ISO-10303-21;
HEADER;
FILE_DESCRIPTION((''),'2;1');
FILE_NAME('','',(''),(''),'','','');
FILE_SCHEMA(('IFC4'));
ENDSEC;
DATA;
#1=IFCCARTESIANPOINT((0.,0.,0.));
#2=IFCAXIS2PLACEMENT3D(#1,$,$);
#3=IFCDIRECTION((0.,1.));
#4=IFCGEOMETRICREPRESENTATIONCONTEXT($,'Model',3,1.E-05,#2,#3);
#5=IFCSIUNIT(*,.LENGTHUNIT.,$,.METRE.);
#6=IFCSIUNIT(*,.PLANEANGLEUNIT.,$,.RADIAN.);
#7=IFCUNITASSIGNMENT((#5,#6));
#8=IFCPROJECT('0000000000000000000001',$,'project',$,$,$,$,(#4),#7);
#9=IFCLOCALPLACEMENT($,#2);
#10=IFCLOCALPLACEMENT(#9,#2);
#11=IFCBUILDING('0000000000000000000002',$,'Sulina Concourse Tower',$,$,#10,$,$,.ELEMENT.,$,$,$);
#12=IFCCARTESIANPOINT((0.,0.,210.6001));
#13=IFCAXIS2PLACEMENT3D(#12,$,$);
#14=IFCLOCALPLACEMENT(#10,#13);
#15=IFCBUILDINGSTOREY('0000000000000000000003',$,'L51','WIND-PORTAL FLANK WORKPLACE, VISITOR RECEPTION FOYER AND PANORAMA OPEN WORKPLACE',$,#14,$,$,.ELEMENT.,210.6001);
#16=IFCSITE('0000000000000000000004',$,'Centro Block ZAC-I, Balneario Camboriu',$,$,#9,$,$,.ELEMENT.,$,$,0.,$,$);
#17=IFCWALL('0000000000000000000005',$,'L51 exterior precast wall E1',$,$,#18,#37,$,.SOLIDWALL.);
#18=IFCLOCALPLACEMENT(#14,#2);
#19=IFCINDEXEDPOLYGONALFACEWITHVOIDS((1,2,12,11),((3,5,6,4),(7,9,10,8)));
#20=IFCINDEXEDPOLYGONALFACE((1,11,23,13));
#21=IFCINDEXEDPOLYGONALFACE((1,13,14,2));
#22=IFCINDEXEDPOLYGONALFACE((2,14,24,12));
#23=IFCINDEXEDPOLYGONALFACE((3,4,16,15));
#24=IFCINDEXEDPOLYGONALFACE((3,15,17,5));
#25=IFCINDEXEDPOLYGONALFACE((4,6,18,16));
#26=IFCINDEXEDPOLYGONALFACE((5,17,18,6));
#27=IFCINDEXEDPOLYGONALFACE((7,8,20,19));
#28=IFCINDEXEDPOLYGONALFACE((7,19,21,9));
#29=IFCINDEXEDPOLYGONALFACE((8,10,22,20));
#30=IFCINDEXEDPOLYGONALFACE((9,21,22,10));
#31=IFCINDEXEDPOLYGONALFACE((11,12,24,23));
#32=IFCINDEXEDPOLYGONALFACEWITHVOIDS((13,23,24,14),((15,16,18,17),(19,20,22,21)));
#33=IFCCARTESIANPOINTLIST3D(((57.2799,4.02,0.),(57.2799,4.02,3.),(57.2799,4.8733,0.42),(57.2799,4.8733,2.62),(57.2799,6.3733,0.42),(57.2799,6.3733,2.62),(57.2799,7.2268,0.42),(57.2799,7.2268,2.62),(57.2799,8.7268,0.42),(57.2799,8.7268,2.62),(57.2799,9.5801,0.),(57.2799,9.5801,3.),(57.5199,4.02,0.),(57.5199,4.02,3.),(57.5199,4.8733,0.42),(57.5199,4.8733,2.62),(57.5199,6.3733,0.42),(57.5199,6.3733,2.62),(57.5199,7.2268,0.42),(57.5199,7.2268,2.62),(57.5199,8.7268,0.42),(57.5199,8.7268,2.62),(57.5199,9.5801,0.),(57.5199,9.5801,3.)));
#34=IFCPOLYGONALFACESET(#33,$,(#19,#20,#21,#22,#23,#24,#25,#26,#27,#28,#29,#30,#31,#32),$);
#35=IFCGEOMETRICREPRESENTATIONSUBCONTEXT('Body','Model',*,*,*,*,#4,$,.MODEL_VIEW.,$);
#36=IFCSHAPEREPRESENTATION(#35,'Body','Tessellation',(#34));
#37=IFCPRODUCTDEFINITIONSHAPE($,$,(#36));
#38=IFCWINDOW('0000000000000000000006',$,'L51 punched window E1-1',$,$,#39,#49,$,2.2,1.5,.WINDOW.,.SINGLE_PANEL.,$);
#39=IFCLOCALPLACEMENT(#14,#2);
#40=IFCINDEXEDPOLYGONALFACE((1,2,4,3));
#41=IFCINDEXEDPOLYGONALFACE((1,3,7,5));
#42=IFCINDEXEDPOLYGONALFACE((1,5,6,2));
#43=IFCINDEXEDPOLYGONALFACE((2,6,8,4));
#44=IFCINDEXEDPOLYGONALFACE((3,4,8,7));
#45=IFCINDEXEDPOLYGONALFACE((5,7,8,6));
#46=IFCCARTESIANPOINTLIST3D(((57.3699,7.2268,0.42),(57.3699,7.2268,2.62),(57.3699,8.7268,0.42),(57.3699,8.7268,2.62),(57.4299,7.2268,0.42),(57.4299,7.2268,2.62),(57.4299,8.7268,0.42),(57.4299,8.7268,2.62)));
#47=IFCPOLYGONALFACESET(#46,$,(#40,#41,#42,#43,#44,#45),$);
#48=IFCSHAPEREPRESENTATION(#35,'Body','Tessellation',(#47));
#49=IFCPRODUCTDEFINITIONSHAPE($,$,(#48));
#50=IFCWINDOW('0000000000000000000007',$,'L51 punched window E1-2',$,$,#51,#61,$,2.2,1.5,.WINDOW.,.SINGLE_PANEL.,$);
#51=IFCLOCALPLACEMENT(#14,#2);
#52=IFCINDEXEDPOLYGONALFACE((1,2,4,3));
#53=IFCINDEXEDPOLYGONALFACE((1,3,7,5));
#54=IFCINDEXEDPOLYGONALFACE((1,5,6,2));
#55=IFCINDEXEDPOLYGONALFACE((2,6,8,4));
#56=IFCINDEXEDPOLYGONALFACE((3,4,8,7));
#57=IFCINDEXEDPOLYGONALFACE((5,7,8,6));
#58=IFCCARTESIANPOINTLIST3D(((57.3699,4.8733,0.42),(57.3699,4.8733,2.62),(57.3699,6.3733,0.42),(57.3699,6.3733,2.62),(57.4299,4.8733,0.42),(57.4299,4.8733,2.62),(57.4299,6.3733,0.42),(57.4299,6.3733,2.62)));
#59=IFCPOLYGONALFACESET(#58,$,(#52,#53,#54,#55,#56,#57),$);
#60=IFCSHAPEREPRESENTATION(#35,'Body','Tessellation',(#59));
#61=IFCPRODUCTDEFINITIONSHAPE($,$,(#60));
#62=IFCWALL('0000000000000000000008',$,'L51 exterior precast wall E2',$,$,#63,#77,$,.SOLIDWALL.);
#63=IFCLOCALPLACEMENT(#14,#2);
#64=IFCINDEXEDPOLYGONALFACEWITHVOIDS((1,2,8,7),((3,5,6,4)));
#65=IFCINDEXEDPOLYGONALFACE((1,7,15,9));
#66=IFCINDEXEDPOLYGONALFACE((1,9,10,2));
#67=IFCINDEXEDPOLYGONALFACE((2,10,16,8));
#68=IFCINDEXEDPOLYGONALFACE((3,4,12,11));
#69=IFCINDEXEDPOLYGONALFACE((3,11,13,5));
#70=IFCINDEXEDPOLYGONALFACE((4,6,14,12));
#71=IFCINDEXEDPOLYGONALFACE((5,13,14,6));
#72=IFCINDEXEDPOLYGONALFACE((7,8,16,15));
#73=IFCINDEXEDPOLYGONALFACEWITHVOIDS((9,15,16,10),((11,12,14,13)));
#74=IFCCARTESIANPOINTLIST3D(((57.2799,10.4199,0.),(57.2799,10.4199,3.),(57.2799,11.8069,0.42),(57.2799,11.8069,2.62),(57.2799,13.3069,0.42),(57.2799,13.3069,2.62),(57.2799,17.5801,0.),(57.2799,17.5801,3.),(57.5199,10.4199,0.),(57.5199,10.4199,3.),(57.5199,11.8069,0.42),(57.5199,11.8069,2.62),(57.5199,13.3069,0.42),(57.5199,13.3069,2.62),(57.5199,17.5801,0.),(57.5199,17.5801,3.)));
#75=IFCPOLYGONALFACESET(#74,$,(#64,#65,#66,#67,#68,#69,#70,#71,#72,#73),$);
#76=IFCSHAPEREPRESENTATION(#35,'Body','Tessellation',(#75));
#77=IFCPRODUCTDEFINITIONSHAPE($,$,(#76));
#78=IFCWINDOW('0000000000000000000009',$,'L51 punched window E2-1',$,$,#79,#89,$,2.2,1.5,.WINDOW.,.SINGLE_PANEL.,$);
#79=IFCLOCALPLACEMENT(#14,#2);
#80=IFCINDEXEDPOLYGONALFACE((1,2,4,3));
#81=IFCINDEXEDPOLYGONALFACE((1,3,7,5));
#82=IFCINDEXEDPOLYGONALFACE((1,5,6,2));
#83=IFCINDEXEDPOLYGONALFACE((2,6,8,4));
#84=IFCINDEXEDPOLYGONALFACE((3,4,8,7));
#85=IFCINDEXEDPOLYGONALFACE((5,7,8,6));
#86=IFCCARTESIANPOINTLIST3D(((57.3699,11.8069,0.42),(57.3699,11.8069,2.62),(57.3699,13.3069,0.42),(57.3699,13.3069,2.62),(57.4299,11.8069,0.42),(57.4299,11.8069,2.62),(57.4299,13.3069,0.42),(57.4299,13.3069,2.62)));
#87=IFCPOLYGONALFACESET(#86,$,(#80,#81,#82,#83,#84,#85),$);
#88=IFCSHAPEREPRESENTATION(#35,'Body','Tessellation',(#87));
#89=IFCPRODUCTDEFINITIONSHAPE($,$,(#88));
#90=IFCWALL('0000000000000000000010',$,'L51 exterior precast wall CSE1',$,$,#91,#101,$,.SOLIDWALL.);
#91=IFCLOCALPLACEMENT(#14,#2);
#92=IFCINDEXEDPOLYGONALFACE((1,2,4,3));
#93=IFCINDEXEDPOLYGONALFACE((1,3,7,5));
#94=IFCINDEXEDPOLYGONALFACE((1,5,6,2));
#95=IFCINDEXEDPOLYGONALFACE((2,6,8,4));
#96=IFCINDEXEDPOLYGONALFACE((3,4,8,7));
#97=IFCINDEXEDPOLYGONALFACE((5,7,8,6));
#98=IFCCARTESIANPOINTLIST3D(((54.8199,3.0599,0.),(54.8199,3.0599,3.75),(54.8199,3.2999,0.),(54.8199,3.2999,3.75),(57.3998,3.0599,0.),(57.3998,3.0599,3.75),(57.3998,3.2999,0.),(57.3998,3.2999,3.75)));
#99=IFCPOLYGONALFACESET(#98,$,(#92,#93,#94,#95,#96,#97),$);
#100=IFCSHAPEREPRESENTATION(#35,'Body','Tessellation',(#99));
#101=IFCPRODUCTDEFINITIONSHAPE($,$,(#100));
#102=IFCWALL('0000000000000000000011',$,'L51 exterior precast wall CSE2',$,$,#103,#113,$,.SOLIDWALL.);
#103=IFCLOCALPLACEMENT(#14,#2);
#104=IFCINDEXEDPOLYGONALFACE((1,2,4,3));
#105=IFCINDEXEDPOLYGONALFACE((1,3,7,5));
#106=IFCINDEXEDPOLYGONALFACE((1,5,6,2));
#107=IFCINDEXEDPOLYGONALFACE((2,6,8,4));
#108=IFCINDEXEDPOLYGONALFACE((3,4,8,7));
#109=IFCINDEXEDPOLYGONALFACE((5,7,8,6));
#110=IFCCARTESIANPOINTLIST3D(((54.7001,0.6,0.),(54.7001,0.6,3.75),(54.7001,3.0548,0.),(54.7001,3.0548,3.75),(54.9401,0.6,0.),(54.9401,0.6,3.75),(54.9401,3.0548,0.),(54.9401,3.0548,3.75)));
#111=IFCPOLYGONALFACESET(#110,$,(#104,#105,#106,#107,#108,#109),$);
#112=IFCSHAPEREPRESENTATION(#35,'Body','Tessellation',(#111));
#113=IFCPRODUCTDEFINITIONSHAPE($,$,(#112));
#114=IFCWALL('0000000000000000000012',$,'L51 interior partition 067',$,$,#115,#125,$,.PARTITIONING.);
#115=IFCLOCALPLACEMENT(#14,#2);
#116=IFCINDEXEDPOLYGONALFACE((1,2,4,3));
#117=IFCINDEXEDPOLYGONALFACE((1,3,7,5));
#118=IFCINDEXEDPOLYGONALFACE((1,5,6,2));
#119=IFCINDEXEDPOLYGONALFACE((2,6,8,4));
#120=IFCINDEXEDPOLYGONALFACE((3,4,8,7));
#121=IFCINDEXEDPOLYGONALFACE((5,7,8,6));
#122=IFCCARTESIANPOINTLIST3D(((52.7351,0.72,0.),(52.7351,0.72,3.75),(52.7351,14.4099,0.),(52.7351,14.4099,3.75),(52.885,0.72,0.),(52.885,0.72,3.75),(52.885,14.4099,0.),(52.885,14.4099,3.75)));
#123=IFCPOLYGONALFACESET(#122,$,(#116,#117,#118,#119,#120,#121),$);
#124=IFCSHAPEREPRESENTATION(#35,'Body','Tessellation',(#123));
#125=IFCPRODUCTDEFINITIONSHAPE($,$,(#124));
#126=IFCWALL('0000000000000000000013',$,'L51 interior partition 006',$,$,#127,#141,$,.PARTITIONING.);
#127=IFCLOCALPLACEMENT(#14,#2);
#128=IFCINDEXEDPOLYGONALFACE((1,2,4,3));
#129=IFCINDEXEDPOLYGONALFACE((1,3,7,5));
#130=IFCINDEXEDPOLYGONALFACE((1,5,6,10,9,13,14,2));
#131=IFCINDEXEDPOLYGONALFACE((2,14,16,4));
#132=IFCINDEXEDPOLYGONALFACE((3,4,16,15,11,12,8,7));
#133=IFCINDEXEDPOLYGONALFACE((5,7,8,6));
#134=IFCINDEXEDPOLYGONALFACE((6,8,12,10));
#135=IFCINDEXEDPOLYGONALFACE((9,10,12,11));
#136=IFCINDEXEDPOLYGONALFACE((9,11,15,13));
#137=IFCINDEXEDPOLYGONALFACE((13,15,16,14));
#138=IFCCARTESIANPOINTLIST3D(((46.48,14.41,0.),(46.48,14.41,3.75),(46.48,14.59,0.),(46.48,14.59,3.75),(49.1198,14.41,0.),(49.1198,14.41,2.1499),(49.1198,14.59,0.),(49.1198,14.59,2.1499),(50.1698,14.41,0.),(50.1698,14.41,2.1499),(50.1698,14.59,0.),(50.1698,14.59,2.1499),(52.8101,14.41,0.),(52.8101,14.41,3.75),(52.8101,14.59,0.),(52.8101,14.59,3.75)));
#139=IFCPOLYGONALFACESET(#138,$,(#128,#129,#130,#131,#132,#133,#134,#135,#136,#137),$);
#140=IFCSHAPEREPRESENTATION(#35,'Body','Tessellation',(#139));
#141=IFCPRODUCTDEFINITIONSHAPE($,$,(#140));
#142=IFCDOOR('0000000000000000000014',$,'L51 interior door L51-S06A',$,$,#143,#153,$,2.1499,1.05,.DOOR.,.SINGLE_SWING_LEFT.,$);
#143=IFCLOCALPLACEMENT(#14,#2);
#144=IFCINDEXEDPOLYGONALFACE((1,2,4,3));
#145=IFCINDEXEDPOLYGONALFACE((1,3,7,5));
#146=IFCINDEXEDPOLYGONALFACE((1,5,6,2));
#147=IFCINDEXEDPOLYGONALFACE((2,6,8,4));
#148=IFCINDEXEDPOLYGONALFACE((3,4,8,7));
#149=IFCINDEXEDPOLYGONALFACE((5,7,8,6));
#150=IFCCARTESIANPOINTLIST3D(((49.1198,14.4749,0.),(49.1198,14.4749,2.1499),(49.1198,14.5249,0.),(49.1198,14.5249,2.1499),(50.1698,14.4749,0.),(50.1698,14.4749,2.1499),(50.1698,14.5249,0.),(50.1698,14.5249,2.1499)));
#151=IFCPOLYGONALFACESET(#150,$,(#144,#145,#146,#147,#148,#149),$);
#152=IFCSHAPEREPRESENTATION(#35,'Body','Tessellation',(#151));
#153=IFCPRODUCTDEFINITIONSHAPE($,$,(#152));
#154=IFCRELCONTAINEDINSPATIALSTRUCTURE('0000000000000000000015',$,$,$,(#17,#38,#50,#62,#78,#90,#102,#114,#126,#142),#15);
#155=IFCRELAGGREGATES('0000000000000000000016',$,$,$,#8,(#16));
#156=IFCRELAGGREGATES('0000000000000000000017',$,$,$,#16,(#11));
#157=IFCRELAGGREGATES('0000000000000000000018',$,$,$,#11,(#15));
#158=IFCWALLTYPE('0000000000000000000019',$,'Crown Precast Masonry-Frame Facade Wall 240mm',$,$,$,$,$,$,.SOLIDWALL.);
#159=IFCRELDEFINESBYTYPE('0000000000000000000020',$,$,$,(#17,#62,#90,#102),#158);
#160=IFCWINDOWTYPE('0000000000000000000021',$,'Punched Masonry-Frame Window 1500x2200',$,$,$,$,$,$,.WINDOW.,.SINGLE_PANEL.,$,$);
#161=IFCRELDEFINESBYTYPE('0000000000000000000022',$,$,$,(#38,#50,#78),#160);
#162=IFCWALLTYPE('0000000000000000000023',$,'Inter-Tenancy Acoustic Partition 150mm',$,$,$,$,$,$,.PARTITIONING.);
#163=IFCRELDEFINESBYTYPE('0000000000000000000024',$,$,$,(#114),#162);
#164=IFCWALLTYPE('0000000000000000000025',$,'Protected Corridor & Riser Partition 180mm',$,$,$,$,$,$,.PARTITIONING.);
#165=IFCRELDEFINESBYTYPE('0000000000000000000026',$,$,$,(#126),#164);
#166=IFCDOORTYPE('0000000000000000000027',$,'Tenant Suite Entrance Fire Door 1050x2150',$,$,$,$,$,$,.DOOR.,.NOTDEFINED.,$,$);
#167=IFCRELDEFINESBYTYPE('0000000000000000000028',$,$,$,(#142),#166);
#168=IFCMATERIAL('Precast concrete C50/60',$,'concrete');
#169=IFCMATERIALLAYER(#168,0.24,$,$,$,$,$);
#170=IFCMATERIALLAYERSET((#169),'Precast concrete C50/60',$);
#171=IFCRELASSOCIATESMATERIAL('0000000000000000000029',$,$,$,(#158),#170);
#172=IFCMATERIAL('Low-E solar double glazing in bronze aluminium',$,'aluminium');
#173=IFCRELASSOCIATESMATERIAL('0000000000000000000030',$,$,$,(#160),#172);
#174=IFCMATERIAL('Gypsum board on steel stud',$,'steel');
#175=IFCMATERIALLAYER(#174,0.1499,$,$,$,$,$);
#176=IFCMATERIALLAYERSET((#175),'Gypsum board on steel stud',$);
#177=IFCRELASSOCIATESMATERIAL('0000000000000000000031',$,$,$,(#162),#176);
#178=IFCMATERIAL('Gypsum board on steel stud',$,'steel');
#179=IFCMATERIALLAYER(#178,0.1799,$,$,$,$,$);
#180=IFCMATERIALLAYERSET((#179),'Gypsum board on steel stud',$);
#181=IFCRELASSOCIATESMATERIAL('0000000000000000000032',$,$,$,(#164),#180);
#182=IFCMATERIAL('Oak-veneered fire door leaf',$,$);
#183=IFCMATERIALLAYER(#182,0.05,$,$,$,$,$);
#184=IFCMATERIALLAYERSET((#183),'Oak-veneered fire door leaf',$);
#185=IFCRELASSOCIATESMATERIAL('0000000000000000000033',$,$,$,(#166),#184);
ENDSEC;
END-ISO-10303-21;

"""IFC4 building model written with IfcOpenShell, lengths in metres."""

from ifc_helpers import new_model, si_unit, direction, frame, frame_2d, origin, place, context, subcontext, project, spatial, rectangle, extrude, material, layer, layer_set, type_object, element, fill, save


model = new_model("IFC4")

# Units and contexts
model_context = context("Model", 3, precision=1e-05, world=origin(), true_north=direction((0.0, 1.0)))
body_context = subcontext(model_context, "Body", "Model", "MODEL_VIEW")
ifc_project = project(units=[si_unit("LENGTHUNIT", "METRE"), si_unit("PLANEANGLEUNIT", "RADIAN")], contexts=[model_context])

# Site, building, storey
site_placement = place(None, origin())
site = spatial("IfcSite", under=ifc_project, at=site_placement, Name="Centro Block ZAC-I, Balneario Camboriu", CompositionType="ELEMENT", RefElevation=0.0)
building_placement = place(site_placement, origin())
building = spatial("IfcBuilding", under=site, at=building_placement, Name="Sulina Concourse Tower", CompositionType="ELEMENT")
storey_placement = place(building_placement, frame((0.0, 0.0, 210.6001)))
storey = spatial("IfcBuildingStorey", under=building, at=storey_placement, Name="L51", Description="WIND-PORTAL FLANK WORKPLACE, VISITOR RECEPTION FOYER AND PANORAMA OPEN WORKPLACE", CompositionType="ELEMENT", Elevation=210.6001)

# Shared definitions
ifc_material_1 = material(Name="Precast concrete C50/60", Category="concrete")
ifc_layer_1 = layer(ifc_material_1, 0.24)
ifc_layer_set_1 = layer_set([ifc_layer_1], Name="Precast concrete C50/60")
wall_type_1 = type_object("IfcWallType", Name="Crown Precast Masonry-Frame Facade Wall 240mm", PredefinedType="SOLIDWALL", material=ifc_layer_set_1)

# Wall, openings, windows
wall_1_placement = place(storey_placement, frame((57.3999, 9.5801, 0.0), z_axis=(0.0, 0.0, 1.0), x_axis=(0.0, -1.0, 0.0)))
wall_1 = element("IfcWall", 1, at=wall_1_placement, inside=storey, type_object=wall_type_1, Name="L51 exterior precast wall E1", PredefinedType="SOLIDWALL", context=body_context, shape_type="SweptSolid", body=[
    extrude(rectangle(XDim=5.5601, YDim=0.24, at=frame_2d((2.78, 0.0))), origin(), (0.0, 0.0, 1.0), 3.0),
])
opening_1_placement = place(wall_1_placement, frame((0.8533, 0.0, 0.4199)))
opening_1 = element("IfcOpeningElement", 2, at=opening_1_placement, cuts=wall_1, PredefinedType="OPENING", context=body_context, shape_type="SweptSolid", body=[
    extrude(rectangle(XDim=1.5, YDim=2.2, at=frame_2d((0.75, 1.1001))), frame((0.0, 0.1299, 0.0), z_axis=(0.0, -1.0, 0.0), x_axis=(1.0, 0.0, 0.0)), (0.0, 0.0, 1.0), 0.26),
])
opening_2_placement = place(wall_1_placement, frame((3.2068, 0.0, 0.4199)))
opening_2 = element("IfcOpeningElement", 3, at=opening_2_placement, cuts=wall_1, PredefinedType="OPENING", context=body_context, shape_type="SweptSolid", body=[
    extrude(rectangle(XDim=1.5, YDim=2.2, at=frame_2d((0.75, 1.1001))), frame((0.0, 0.1299, 0.0), z_axis=(0.0, -1.0, 0.0), x_axis=(1.0, 0.0, 0.0)), (0.0, 0.0, 1.0), 0.26),
])
ifc_material_2 = material(Name="Low-E solar double glazing in bronze aluminium", Category="aluminium")
window_type = type_object("IfcWindowType", Name="Punched Masonry-Frame Window 1500x2200", PartitioningType="SINGLE_PANEL", PredefinedType="WINDOW", material=ifc_material_2)
window_1_placement = place(opening_1_placement, origin())
window_1 = element("IfcWindow", 4, at=window_1_placement, inside=storey, type_object=window_type, Name="L51 punched window E1-1", OverallHeight=2.2, OverallWidth=1.5, PartitioningType="SINGLE_PANEL", PredefinedType="WINDOW", context=body_context, shape_type="SweptSolid", body=[
    extrude(rectangle(XDim=1.5, YDim=2.2, at=frame_2d((0.75, 1.1001))), frame((0.0, 0.03, 0.0), z_axis=(0.0, -1.0, 0.0), x_axis=(1.0, 0.0, 0.0)), (0.0, 0.0, 1.0), 0.0601),
])
fill(opening_1, window_1)
window_2_placement = place(opening_2_placement, origin())
window_2 = element("IfcWindow", 5, at=window_2_placement, inside=storey, type_object=window_type, Name="L51 punched window E1-2", OverallHeight=2.2, OverallWidth=1.5, PartitioningType="SINGLE_PANEL", PredefinedType="WINDOW", context=body_context, shape_type="SweptSolid", body=[
    extrude(rectangle(XDim=1.5, YDim=2.2, at=frame_2d((0.75, 1.1001))), frame((0.0, 0.03, 0.0), z_axis=(0.0, -1.0, 0.0), x_axis=(1.0, 0.0, 0.0)), (0.0, 0.0, 1.0), 0.0601),
])
fill(opening_2, window_2)

# Wall, opening, window
wall_2_placement = place(storey_placement, frame((57.3999, 17.5801, 0.0), z_axis=(0.0, 0.0, 1.0), x_axis=(0.0, -1.0, 0.0)))
wall_2 = element("IfcWall", 6, at=wall_2_placement, inside=storey, type_object=wall_type_1, Name="L51 exterior precast wall E2", PredefinedType="SOLIDWALL", context=body_context, shape_type="SweptSolid", body=[
    extrude(rectangle(XDim=7.1602, YDim=0.24, at=frame_2d((3.5801, 0.0))), origin(), (0.0, 0.0, 1.0), 3.0),
])
opening_3_placement = place(wall_2_placement, frame((4.2732, 0.0, 0.4199)))
opening_3 = element("IfcOpeningElement", 7, at=opening_3_placement, cuts=wall_2, PredefinedType="OPENING", context=body_context, shape_type="SweptSolid", body=[
    extrude(rectangle(XDim=1.5, YDim=2.2, at=frame_2d((0.75, 1.1001))), frame((0.0, 0.1299, 0.0), z_axis=(0.0, -1.0, 0.0), x_axis=(1.0, 0.0, 0.0)), (0.0, 0.0, 1.0), 0.26),
])
window_3_placement = place(opening_3_placement, origin())
window_3 = element("IfcWindow", 8, at=window_3_placement, inside=storey, type_object=window_type, Name="L51 punched window E2-1", OverallHeight=2.2, OverallWidth=1.5, PartitioningType="SINGLE_PANEL", PredefinedType="WINDOW", context=body_context, shape_type="SweptSolid", body=[
    extrude(rectangle(XDim=1.5, YDim=2.2, at=frame_2d((0.75, 1.1001))), frame((0.0, 0.03, 0.0), z_axis=(0.0, -1.0, 0.0), x_axis=(1.0, 0.0, 0.0)), (0.0, 0.0, 1.0), 0.0601),
])
fill(opening_3, window_3)

# Walls
wall_3_placement = place(storey_placement, frame((57.3999, 3.1799, 0.0), z_axis=(0.0, 0.0, 1.0), x_axis=(-1.0, 0.0, 0.0)))
element("IfcWall", 9, at=wall_3_placement, inside=storey, type_object=wall_type_1, Name="L51 exterior precast wall CSE1", PredefinedType="SOLIDWALL", context=body_context, shape_type="SweptSolid", body=[
    extrude(rectangle(XDim=2.5798, YDim=0.24, at=frame_2d((1.29, 0.0))), origin(), (0.0, 0.0, 1.0), 3.75),
])
wall_4_placement = place(storey_placement, frame((54.8201, 3.0549, 0.0), z_axis=(0.0, 0.0, 1.0), x_axis=(0.0, -1.0, 0.0)))
element("IfcWall", 10, at=wall_4_placement, inside=storey, type_object=wall_type_1, Name="L51 exterior precast wall CSE2", PredefinedType="SOLIDWALL", context=body_context, shape_type="SweptSolid", body=[
    extrude(rectangle(XDim=2.4548, YDim=0.24, at=frame_2d((1.2275, 0.0))), origin(), (0.0, 0.0, 1.0), 3.75),
])
ifc_material_3 = material(Name="Gypsum board on steel stud", Category="steel")
ifc_layer_2 = layer(ifc_material_3, 0.1499)
ifc_layer_set_2 = layer_set([ifc_layer_2], Name="Gypsum board on steel stud")
wall_type_2 = type_object("IfcWallType", Name="Inter-Tenancy Acoustic Partition 150mm", PredefinedType="PARTITIONING", material=ifc_layer_set_2)
wall_5_placement = place(storey_placement, frame((52.8101, 0.72, 0.0), z_axis=(0.0, 0.0, 1.0), x_axis=(0.0, 1.0, 0.0)))
element("IfcWall", 11, at=wall_5_placement, inside=storey, type_object=wall_type_2, Name="L51 interior partition 067", PredefinedType="PARTITIONING", context=body_context, shape_type="SweptSolid", body=[
    extrude(rectangle(XDim=13.6899, YDim=0.1499, at=frame_2d((6.845, 0.0))), origin(), (0.0, 0.0, 1.0), 3.75),
])

# Wall, opening, door
ifc_material_4 = material(Name="Gypsum board on steel stud", Category="steel")
ifc_layer_3 = layer(ifc_material_4, 0.1799)
ifc_layer_set_3 = layer_set([ifc_layer_3], Name="Gypsum board on steel stud")
wall_type_3 = type_object("IfcWallType", Name="Protected Corridor & Riser Partition 180mm", PredefinedType="PARTITIONING", material=ifc_layer_set_3)
wall_6_placement = place(storey_placement, frame((46.48, 14.5, 0.0), z_axis=(0.0, 0.0, 1.0), x_axis=(1.0, 0.0, 0.0)))
wall_6 = element("IfcWall", 12, at=wall_6_placement, inside=storey, type_object=wall_type_3, Name="L51 interior partition 006", PredefinedType="PARTITIONING", context=body_context, shape_type="SweptSolid", body=[
    extrude(rectangle(XDim=6.3301, YDim=0.1799, at=frame_2d((3.165, 0.0))), origin(), (0.0, 0.0, 1.0), 3.75),
])
opening_4_placement = place(wall_6_placement, frame((2.6399, 0.0, 0.0)))
opening_4 = element("IfcOpeningElement", 13, at=opening_4_placement, cuts=wall_6, PredefinedType="OPENING", context=body_context, shape_type="SweptSolid", body=[
    extrude(rectangle(XDim=1.05, YDim=2.1499, at=frame_2d((0.5249, 1.075))), frame((0.0, 0.0999, 0.0), z_axis=(0.0, -1.0, 0.0), x_axis=(1.0, 0.0, 0.0)), (0.0, 0.0, 1.0), 0.2),
])
ifc_material_5 = material(Name="Oak-veneered fire door leaf")
ifc_layer_4 = layer(ifc_material_5, 0.05)
ifc_layer_set_4 = layer_set([ifc_layer_4], Name="Oak-veneered fire door leaf")
door_type_1 = type_object("IfcDoorType", Name="Tenant Suite Entrance Fire Door 1050x2150", OperationType="NOTDEFINED", PredefinedType="DOOR", material=ifc_layer_set_4)
door_1_placement = place(opening_4_placement, origin())
door_1 = element("IfcDoor", 14, at=door_1_placement, inside=storey, type_object=door_type_1, Name="L51 interior door L51-S06A", OperationType="SINGLE_SWING_LEFT", OverallHeight=2.1499, OverallWidth=1.05, PredefinedType="DOOR", context=body_context, shape_type="SweptSolid", body=[
    extrude(rectangle(XDim=1.05, YDim=2.1499, at=frame_2d((0.5249, 1.075))), frame((0.0, 0.0249, 0.0), z_axis=(0.0, -1.0, 0.0), x_axis=(1.0, 0.0, 0.0)), (0.0, 0.0, 1.0), 0.05),
])
fill(opening_4, door_1)

save(model, "model.ifc")
